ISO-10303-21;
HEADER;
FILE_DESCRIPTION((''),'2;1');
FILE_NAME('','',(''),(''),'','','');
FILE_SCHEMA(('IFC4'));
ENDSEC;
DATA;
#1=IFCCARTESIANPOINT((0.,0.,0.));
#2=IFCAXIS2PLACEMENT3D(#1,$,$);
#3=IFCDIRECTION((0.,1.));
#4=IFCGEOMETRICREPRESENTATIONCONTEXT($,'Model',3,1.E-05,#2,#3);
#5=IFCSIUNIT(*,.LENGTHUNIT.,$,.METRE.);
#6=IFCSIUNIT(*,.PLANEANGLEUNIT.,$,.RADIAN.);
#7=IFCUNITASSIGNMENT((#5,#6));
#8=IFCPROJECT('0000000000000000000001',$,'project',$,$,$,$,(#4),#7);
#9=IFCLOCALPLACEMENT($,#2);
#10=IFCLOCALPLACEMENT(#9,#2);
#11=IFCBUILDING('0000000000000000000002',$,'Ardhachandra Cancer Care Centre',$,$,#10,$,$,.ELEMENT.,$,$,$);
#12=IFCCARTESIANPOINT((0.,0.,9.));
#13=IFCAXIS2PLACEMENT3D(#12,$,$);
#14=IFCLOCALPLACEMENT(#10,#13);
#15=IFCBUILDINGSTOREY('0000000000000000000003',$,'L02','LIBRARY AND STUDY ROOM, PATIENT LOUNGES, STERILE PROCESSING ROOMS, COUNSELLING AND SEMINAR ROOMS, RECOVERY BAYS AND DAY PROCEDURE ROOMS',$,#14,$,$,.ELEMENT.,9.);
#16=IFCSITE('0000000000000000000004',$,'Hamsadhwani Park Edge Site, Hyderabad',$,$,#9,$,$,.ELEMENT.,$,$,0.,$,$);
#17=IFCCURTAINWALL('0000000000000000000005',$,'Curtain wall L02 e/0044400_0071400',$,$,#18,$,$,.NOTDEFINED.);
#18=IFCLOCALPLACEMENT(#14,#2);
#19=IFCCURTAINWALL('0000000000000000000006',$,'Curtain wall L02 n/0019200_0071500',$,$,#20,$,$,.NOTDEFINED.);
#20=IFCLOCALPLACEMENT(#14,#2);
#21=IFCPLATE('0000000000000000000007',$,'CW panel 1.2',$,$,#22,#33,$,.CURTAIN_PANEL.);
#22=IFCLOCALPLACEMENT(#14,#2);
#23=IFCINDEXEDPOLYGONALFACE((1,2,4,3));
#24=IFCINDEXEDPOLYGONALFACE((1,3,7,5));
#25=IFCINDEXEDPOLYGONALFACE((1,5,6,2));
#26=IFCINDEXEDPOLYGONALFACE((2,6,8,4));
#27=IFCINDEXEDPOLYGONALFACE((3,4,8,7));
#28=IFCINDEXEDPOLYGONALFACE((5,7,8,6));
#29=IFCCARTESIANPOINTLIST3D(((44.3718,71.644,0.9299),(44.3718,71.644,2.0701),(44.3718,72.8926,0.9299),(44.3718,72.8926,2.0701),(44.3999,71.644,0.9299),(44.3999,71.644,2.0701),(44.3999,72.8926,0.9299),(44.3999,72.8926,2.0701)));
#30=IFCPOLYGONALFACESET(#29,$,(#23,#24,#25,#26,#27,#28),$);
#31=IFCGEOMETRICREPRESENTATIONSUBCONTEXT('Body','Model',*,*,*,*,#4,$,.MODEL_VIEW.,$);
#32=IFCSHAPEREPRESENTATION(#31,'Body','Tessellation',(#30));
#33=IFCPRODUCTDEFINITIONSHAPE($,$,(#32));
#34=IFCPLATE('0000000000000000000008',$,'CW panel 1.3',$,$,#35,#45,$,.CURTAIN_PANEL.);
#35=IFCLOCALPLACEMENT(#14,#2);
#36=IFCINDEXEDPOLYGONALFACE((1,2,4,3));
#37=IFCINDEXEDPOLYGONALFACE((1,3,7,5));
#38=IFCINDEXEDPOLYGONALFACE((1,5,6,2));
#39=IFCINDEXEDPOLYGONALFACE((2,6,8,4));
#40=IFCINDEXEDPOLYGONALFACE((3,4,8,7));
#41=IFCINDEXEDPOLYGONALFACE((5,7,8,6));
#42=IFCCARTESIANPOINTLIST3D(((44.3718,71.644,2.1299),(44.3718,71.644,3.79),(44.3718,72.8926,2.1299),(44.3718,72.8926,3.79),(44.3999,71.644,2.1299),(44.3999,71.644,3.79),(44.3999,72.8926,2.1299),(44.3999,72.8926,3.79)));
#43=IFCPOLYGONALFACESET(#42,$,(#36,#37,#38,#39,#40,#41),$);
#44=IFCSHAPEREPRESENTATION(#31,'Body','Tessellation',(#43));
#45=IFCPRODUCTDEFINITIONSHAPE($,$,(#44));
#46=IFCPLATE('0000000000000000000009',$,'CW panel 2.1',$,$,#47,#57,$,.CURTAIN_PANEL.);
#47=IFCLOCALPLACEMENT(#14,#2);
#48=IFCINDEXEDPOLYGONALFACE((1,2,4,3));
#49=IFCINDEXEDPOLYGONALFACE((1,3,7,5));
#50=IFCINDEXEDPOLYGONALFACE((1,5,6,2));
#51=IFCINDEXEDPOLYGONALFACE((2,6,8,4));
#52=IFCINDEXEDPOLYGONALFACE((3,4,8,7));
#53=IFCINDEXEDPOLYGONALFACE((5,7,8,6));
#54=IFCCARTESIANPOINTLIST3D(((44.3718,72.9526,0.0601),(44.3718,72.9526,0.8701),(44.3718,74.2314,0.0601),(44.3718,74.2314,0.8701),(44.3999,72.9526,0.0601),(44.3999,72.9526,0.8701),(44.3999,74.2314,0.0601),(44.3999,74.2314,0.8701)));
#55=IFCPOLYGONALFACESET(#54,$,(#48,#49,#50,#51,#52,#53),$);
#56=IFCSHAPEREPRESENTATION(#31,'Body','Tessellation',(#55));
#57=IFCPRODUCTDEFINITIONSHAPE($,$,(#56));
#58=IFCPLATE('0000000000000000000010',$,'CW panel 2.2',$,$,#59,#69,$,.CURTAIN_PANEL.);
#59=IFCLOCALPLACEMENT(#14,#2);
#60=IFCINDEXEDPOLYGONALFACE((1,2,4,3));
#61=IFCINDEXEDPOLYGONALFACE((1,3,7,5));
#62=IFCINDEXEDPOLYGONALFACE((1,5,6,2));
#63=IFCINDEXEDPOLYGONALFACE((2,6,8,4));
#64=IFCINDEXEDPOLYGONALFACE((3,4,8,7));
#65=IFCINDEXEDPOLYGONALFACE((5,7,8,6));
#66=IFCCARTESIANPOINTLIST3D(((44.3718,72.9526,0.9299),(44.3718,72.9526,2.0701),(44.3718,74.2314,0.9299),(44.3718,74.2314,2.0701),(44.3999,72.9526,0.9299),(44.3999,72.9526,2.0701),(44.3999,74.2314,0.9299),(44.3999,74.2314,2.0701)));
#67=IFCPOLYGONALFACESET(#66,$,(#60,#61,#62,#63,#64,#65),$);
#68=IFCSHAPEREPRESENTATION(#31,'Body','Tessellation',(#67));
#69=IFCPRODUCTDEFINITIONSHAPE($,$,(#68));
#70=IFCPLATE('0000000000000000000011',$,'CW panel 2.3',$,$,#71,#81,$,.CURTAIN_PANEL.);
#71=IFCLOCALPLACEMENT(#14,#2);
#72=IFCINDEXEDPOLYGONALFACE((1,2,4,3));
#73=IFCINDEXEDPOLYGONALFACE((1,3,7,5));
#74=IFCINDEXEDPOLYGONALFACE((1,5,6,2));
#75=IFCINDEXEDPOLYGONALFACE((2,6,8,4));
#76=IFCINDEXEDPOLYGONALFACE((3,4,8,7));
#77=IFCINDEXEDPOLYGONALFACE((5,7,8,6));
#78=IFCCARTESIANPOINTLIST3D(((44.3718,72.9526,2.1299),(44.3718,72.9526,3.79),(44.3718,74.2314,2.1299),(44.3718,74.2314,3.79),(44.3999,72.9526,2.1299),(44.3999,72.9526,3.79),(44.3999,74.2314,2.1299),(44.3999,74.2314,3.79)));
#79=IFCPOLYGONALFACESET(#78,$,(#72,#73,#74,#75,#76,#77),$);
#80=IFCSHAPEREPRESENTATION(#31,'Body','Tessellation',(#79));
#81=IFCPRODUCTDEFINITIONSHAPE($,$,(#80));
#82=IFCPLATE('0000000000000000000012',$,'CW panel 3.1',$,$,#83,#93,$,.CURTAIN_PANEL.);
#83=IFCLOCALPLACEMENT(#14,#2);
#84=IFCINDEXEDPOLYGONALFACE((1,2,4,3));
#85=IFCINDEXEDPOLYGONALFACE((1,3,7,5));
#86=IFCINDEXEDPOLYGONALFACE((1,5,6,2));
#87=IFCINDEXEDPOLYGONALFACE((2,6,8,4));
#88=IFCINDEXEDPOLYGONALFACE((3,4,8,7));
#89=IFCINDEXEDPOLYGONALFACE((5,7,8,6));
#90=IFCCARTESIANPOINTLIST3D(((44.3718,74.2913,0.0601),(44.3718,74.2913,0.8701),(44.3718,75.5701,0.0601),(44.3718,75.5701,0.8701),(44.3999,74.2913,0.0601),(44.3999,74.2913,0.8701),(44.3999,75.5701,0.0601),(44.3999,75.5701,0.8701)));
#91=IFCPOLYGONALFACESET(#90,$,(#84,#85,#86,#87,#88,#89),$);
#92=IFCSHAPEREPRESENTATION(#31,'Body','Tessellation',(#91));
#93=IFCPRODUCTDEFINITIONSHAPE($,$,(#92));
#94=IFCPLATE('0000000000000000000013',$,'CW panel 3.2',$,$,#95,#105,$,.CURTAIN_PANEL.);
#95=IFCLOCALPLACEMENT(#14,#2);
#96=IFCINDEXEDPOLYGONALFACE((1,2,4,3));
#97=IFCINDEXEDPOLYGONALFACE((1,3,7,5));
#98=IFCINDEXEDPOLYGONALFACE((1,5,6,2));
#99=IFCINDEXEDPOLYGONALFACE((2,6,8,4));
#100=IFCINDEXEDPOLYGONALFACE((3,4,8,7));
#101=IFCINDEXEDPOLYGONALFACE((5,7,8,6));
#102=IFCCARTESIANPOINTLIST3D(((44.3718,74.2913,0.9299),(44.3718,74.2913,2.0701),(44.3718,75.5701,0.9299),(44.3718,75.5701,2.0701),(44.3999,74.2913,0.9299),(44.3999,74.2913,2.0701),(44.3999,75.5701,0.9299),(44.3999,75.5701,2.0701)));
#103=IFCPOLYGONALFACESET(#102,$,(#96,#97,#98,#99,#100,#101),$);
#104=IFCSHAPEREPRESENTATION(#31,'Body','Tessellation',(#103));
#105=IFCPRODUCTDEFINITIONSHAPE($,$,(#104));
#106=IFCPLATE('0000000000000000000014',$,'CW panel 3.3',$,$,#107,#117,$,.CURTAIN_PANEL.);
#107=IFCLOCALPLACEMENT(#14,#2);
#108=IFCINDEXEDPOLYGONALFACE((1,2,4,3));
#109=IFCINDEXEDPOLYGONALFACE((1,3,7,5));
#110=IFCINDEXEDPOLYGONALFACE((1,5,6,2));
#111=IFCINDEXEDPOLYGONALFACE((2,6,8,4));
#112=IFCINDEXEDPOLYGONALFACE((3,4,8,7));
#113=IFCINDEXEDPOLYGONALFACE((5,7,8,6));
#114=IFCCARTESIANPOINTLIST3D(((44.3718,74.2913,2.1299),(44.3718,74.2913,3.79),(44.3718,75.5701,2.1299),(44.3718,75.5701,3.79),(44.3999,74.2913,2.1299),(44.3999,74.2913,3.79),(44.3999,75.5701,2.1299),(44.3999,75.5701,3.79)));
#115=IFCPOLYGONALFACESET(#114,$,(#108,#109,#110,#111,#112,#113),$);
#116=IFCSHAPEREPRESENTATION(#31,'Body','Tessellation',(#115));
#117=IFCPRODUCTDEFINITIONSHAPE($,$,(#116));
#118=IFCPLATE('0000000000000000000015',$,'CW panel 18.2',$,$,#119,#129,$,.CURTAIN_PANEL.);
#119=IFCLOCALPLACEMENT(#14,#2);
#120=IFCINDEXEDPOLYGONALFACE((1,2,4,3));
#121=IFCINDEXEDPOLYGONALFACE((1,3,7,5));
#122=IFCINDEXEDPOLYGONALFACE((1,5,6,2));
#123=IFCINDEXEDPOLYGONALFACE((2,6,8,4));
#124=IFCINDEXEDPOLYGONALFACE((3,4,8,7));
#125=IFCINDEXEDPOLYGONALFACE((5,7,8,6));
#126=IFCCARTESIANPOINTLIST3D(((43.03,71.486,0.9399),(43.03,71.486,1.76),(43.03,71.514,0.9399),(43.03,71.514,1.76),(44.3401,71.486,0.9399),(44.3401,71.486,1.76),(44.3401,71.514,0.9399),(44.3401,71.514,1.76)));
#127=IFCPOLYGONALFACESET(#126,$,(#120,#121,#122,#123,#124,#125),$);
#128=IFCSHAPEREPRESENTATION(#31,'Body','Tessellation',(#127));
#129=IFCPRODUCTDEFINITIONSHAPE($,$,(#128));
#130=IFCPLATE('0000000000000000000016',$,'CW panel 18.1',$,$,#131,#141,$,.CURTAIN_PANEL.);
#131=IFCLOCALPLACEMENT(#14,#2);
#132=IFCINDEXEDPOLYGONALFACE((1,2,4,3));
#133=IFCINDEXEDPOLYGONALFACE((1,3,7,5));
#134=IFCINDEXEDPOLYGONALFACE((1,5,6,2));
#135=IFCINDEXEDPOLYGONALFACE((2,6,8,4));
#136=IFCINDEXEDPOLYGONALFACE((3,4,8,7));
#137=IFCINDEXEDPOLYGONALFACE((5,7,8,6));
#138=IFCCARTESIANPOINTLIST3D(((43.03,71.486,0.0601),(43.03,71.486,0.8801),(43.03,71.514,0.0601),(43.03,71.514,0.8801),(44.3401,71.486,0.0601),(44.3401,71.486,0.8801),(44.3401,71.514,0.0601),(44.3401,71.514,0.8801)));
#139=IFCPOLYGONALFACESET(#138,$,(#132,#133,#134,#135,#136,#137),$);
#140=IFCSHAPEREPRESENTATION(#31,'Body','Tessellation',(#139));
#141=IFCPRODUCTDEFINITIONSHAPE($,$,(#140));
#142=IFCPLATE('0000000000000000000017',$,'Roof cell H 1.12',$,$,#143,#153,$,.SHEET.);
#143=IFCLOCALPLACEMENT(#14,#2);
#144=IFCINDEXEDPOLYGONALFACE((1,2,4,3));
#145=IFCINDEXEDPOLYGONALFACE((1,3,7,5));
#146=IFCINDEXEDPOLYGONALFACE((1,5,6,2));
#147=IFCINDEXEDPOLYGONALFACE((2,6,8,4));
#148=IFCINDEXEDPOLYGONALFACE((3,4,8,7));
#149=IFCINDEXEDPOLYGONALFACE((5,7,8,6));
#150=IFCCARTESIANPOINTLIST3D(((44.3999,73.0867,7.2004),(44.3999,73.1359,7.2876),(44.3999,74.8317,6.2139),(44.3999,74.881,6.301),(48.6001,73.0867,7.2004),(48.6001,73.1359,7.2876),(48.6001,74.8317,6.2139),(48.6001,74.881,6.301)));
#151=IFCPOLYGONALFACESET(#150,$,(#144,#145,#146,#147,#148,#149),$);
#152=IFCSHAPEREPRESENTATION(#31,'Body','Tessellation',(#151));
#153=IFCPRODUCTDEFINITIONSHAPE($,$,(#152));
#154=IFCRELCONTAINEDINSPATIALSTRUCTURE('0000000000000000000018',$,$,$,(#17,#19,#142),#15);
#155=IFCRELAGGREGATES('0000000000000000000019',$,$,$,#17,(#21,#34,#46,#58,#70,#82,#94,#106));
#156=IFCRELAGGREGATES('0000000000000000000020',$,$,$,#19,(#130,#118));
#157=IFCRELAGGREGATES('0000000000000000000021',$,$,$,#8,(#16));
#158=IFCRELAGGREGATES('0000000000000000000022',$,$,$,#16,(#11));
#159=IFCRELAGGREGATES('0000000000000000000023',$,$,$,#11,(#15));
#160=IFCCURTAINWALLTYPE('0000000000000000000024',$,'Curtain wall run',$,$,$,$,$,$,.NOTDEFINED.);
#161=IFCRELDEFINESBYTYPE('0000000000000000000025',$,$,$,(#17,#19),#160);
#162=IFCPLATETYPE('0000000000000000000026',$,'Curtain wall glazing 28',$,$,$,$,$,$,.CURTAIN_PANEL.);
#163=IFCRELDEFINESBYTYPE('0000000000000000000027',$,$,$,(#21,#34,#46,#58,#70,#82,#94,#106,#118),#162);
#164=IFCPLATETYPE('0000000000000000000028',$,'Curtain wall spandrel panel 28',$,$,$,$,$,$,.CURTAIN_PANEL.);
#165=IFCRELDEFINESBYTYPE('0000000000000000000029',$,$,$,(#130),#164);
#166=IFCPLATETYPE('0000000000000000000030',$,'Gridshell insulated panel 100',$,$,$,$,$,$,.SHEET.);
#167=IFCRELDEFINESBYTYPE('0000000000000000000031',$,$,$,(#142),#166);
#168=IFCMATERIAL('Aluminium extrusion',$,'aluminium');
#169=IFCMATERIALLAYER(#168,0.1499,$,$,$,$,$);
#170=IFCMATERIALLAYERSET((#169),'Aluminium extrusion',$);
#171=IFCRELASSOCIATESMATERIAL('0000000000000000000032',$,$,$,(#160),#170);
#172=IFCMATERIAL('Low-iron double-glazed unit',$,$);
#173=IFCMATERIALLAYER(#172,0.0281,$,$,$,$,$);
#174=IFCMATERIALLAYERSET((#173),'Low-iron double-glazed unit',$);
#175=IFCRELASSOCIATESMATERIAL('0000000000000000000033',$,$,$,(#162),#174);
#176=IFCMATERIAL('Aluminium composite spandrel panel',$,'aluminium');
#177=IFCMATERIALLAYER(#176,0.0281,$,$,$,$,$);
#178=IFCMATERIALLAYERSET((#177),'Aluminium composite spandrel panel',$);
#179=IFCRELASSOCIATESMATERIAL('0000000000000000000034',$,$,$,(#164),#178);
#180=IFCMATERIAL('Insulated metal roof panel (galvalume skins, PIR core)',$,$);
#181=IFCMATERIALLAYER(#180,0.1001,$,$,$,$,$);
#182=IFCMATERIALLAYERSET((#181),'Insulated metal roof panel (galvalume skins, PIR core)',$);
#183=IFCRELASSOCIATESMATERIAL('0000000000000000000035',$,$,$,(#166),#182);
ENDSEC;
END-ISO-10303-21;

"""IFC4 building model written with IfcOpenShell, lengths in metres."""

from ifc_helpers import new_model, si_unit, direction, frame, origin, origin_2d, place, context, subcontext, project, spatial, polyline, rectangle, outline, extrude, material, layer, layer_set, type_object, element, aggregate, save


model = new_model("IFC4")

# Units and contexts
model_context = context("Model", 3, precision=1e-05, world=origin(), true_north=direction((0.0, 1.0)))
body_context = subcontext(model_context, "Body", "Model", "MODEL_VIEW")
ifc_project = project(units=[si_unit("LENGTHUNIT", "METRE"), si_unit("PLANEANGLEUNIT", "RADIAN")], contexts=[model_context])

# Site, building, storey
site_placement = place(None, origin())
site = spatial("IfcSite", under=ifc_project, at=site_placement, Name="Hamsadhwani Park Edge Site, Hyderabad", CompositionType="ELEMENT", RefElevation=0.0)
building_placement = place(site_placement, origin())
building = spatial("IfcBuilding", under=site, at=building_placement, Name="Ardhachandra Cancer Care Centre", CompositionType="ELEMENT")
storey_placement = place(building_placement, frame((0.0, 0.0, 9.0)))
storey = spatial("IfcBuildingStorey", under=building, at=storey_placement, Name="L02", Description="LIBRARY AND STUDY ROOM, PATIENT LOUNGES, STERILE PROCESSING ROOMS, COUNSELLING AND SEMINAR ROOMS, RECOVERY BAYS AND DAY PROCEDURE ROOMS", CompositionType="ELEMENT", Elevation=9.0)

# Curtain wall
ifc_material_1 = material(Name="Aluminium extrusion", Category="aluminium")
ifc_layer_1 = layer(ifc_material_1, 0.1499)
ifc_layer_set_1 = layer_set([ifc_layer_1], Name="Aluminium extrusion")
curtain_wall_type = type_object("IfcCurtainWallType", Name="Curtain wall run", PredefinedType="NOTDEFINED", material=ifc_layer_set_1)
curtain_wall_1_placement = place(storey_placement, origin())
curtain_wall_1 = element("IfcCurtainWall", 1, at=curtain_wall_1_placement, inside=storey, type_object=curtain_wall_type, Name="Curtain wall L02 e/0044400_0071400", PredefinedType="NOTDEFINED")

# Curtain wall
curtain_wall_2_placement = place(storey_placement, origin())
curtain_wall_2 = element("IfcCurtainWall", 2, at=curtain_wall_2_placement, inside=storey, type_object=curtain_wall_type, Name="Curtain wall L02 n/0019200_0071500", PredefinedType="NOTDEFINED")

# Plates
ifc_material_2 = material(Name="Low-iron double-glazed unit")
ifc_layer_2 = layer(ifc_material_2, 0.0281)
ifc_layer_set_2 = layer_set([ifc_layer_2], Name="Low-iron double-glazed unit")
plate_type_1 = type_object("IfcPlateType", Name="Curtain wall glazing 28", PredefinedType="CURTAIN_PANEL", material=ifc_layer_set_2)
plate_1_placement = place(storey_placement, frame((44.3999, 71.644, 0.9299), z_axis=(-1.0, 0.0, 0.0), x_axis=(0.0, 0.0, 1.0)))
plate_1 = element("IfcPlate", 3, at=plate_1_placement, type_object=plate_type_1, Name="CW panel 1.2", PredefinedType="CURTAIN_PANEL", context=body_context, shape_type="SweptSolid", body=[
    extrude(outline(polyline([(0.0, 0.0), (1.1401, 0.0), (1.1401, 1.2485), (0.0, 1.2485), (0.0, 0.0)])), origin(), (0.0, 0.0, 1.0), 0.0281),
])
plate_2_placement = place(storey_placement, frame((44.3999, 71.644, 2.1299), z_axis=(-1.0, 0.0, 0.0), x_axis=(0.0, 0.0, 1.0)))
plate_2 = element("IfcPlate", 4, at=plate_2_placement, type_object=plate_type_1, Name="CW panel 1.3", PredefinedType="CURTAIN_PANEL", context=body_context, shape_type="SweptSolid", body=[
    extrude(outline(polyline([(0.0, 0.0), (1.6602, 0.0), (1.6602, 1.2485), (0.0, 1.2485), (0.0, 0.0)])), origin(), (0.0, 0.0, 1.0), 0.0281),
])
plate_3_placement = place(storey_placement, frame((44.3999, 72.9526, 0.0601), z_axis=(-1.0, 0.0, 0.0), x_axis=(0.0, 0.0, 1.0)))
plate_3 = element("IfcPlate", 5, at=plate_3_placement, type_object=plate_type_1, Name="CW panel 2.1", PredefinedType="CURTAIN_PANEL", context=body_context, shape_type="SweptSolid", body=[
    extrude(outline(polyline([(0.0, 0.0), (0.8101, 0.0), (0.8101, 1.2788), (0.0, 1.2788), (0.0, 0.0)])), origin(), (0.0, 0.0, 1.0), 0.0281),
])
plate_4_placement = place(storey_placement, frame((44.3999, 72.9526, 0.9299), z_axis=(-1.0, 0.0, 0.0), x_axis=(0.0, 0.0, 1.0)))
plate_4 = element("IfcPlate", 6, at=plate_4_placement, type_object=plate_type_1, Name="CW panel 2.2", PredefinedType="CURTAIN_PANEL", context=body_context, shape_type="SweptSolid", body=[
    extrude(outline(polyline([(0.0, 0.0), (1.1401, 0.0), (1.1401, 1.2788), (0.0, 1.2788), (0.0, 0.0)])), origin(), (0.0, 0.0, 1.0), 0.0281),
])
plate_5_placement = place(storey_placement, frame((44.3999, 72.9526, 2.1299), z_axis=(-1.0, 0.0, 0.0), x_axis=(0.0, 0.0, 1.0)))
plate_5 = element("IfcPlate", 7, at=plate_5_placement, type_object=plate_type_1, Name="CW panel 2.3", PredefinedType="CURTAIN_PANEL", context=body_context, shape_type="SweptSolid", body=[
    extrude(outline(polyline([(0.0, 0.0), (1.6602, 0.0), (1.6602, 1.2788), (0.0, 1.2788), (0.0, 0.0)])), origin(), (0.0, 0.0, 1.0), 0.0281),
])
plate_6_placement = place(storey_placement, frame((44.3999, 74.2913, 0.0601), z_axis=(-1.0, 0.0, 0.0), x_axis=(0.0, 0.0, 1.0)))
plate_6 = element("IfcPlate", 8, at=plate_6_placement, type_object=plate_type_1, Name="CW panel 3.1", PredefinedType="CURTAIN_PANEL", context=body_context, shape_type="SweptSolid", body=[
    extrude(outline(polyline([(0.0, 0.0), (0.8101, 0.0), (0.8101, 1.2788), (0.0, 1.2788), (0.0, 0.0)])), origin(), (0.0, 0.0, 1.0), 0.0281),
])
plate_7_placement = place(storey_placement, frame((44.3999, 74.2913, 0.9299), z_axis=(-1.0, 0.0, 0.0), x_axis=(0.0, 0.0, 1.0)))
plate_7 = element("IfcPlate", 9, at=plate_7_placement, type_object=plate_type_1, Name="CW panel 3.2", PredefinedType="CURTAIN_PANEL", context=body_context, shape_type="SweptSolid", body=[
    extrude(outline(polyline([(0.0, 0.0), (1.1401, 0.0), (1.1401, 1.2788), (0.0, 1.2788), (0.0, 0.0)])), origin(), (0.0, 0.0, 1.0), 0.0281),
])
plate_8_placement = place(storey_placement, frame((44.3999, 74.2913, 2.1299), z_axis=(-1.0, 0.0, 0.0), x_axis=(0.0, 0.0, 1.0)))
plate_8 = element("IfcPlate", 10, at=plate_8_placement, type_object=plate_type_1, Name="CW panel 3.3", PredefinedType="CURTAIN_PANEL", context=body_context, shape_type="SweptSolid", body=[
    extrude(outline(polyline([(0.0, 0.0), (1.6602, 0.0), (1.6602, 1.2788), (0.0, 1.2788), (0.0, 0.0)])), origin(), (0.0, 0.0, 1.0), 0.0281),
])
aggregate(curtain_wall_1, [plate_1, plate_2, plate_3, plate_4, plate_5, plate_6, plate_7, plate_8])
plate_9_placement = place(storey_placement, frame((43.6851, 71.5, 0.9399), z_axis=(0.0, 0.0, 1.0), x_axis=(1.0, 0.0, 0.0)))
plate_9 = element("IfcPlate", 11, at=plate_9_placement, type_object=plate_type_1, Name="CW panel 18.2", PredefinedType="CURTAIN_PANEL", context=body_context, shape_type="SweptSolid", body=[
    extrude(rectangle(XDim=1.3101, YDim=0.0281, at=origin_2d()), origin(), (0.0, 0.0, 1.0), 0.8201),
])
ifc_material_3 = material(Name="Aluminium composite spandrel panel", Category="aluminium")
ifc_layer_3 = layer(ifc_material_3, 0.0281)
ifc_layer_set_3 = layer_set([ifc_layer_3], Name="Aluminium composite spandrel panel")
plate_type_2 = type_object("IfcPlateType", Name="Curtain wall spandrel panel 28", PredefinedType="CURTAIN_PANEL", material=ifc_layer_set_3)
plate_10_placement = place(storey_placement, frame((43.6851, 71.5, 0.0601), z_axis=(0.0, 0.0, 1.0), x_axis=(1.0, 0.0, 0.0)))
plate_10 = element("IfcPlate", 12, at=plate_10_placement, type_object=plate_type_2, Name="CW panel 18.1", PredefinedType="CURTAIN_PANEL", context=body_context, shape_type="SweptSolid", body=[
    extrude(rectangle(XDim=1.3101, YDim=0.0281, at=origin_2d()), origin(), (0.0, 0.0, 1.0), 0.8201),
])
aggregate(curtain_wall_2, [plate_10, plate_9])
ifc_material_4 = material(Name="Insulated metal roof panel (galvalume skins, PIR core)")
ifc_layer_4 = layer(ifc_material_4, 0.1001)
ifc_layer_set_4 = layer_set([ifc_layer_4], Name="Insulated metal roof panel (galvalume skins, PIR core)")
plate_type_3 = type_object("IfcPlateType", Name="Gridshell insulated panel 100", PredefinedType="SHEET", material=ifc_layer_set_4)
plate_11_placement = place(storey_placement, frame((44.3999, 73.0867, 7.2004), z_axis=(0.0, 0.492134, 0.87052), x_axis=(1.0, 0.0, 0.0)))
element("IfcPlate", 13, at=plate_11_placement, inside=storey, type_object=plate_type_3, Name="Roof cell H 1.12", PredefinedType="SHEET", context=body_context, shape_type="SweptSolid", body=[
    extrude(outline(polyline([(0.0, 0.0), (4.2002, 0.0), (4.2002, 2.0046), (0.0, 2.0046), (0.0, 0.0)])), origin(), (0.0, 0.0, 1.0), 0.1001),
])

save(model, "model.ifc")
